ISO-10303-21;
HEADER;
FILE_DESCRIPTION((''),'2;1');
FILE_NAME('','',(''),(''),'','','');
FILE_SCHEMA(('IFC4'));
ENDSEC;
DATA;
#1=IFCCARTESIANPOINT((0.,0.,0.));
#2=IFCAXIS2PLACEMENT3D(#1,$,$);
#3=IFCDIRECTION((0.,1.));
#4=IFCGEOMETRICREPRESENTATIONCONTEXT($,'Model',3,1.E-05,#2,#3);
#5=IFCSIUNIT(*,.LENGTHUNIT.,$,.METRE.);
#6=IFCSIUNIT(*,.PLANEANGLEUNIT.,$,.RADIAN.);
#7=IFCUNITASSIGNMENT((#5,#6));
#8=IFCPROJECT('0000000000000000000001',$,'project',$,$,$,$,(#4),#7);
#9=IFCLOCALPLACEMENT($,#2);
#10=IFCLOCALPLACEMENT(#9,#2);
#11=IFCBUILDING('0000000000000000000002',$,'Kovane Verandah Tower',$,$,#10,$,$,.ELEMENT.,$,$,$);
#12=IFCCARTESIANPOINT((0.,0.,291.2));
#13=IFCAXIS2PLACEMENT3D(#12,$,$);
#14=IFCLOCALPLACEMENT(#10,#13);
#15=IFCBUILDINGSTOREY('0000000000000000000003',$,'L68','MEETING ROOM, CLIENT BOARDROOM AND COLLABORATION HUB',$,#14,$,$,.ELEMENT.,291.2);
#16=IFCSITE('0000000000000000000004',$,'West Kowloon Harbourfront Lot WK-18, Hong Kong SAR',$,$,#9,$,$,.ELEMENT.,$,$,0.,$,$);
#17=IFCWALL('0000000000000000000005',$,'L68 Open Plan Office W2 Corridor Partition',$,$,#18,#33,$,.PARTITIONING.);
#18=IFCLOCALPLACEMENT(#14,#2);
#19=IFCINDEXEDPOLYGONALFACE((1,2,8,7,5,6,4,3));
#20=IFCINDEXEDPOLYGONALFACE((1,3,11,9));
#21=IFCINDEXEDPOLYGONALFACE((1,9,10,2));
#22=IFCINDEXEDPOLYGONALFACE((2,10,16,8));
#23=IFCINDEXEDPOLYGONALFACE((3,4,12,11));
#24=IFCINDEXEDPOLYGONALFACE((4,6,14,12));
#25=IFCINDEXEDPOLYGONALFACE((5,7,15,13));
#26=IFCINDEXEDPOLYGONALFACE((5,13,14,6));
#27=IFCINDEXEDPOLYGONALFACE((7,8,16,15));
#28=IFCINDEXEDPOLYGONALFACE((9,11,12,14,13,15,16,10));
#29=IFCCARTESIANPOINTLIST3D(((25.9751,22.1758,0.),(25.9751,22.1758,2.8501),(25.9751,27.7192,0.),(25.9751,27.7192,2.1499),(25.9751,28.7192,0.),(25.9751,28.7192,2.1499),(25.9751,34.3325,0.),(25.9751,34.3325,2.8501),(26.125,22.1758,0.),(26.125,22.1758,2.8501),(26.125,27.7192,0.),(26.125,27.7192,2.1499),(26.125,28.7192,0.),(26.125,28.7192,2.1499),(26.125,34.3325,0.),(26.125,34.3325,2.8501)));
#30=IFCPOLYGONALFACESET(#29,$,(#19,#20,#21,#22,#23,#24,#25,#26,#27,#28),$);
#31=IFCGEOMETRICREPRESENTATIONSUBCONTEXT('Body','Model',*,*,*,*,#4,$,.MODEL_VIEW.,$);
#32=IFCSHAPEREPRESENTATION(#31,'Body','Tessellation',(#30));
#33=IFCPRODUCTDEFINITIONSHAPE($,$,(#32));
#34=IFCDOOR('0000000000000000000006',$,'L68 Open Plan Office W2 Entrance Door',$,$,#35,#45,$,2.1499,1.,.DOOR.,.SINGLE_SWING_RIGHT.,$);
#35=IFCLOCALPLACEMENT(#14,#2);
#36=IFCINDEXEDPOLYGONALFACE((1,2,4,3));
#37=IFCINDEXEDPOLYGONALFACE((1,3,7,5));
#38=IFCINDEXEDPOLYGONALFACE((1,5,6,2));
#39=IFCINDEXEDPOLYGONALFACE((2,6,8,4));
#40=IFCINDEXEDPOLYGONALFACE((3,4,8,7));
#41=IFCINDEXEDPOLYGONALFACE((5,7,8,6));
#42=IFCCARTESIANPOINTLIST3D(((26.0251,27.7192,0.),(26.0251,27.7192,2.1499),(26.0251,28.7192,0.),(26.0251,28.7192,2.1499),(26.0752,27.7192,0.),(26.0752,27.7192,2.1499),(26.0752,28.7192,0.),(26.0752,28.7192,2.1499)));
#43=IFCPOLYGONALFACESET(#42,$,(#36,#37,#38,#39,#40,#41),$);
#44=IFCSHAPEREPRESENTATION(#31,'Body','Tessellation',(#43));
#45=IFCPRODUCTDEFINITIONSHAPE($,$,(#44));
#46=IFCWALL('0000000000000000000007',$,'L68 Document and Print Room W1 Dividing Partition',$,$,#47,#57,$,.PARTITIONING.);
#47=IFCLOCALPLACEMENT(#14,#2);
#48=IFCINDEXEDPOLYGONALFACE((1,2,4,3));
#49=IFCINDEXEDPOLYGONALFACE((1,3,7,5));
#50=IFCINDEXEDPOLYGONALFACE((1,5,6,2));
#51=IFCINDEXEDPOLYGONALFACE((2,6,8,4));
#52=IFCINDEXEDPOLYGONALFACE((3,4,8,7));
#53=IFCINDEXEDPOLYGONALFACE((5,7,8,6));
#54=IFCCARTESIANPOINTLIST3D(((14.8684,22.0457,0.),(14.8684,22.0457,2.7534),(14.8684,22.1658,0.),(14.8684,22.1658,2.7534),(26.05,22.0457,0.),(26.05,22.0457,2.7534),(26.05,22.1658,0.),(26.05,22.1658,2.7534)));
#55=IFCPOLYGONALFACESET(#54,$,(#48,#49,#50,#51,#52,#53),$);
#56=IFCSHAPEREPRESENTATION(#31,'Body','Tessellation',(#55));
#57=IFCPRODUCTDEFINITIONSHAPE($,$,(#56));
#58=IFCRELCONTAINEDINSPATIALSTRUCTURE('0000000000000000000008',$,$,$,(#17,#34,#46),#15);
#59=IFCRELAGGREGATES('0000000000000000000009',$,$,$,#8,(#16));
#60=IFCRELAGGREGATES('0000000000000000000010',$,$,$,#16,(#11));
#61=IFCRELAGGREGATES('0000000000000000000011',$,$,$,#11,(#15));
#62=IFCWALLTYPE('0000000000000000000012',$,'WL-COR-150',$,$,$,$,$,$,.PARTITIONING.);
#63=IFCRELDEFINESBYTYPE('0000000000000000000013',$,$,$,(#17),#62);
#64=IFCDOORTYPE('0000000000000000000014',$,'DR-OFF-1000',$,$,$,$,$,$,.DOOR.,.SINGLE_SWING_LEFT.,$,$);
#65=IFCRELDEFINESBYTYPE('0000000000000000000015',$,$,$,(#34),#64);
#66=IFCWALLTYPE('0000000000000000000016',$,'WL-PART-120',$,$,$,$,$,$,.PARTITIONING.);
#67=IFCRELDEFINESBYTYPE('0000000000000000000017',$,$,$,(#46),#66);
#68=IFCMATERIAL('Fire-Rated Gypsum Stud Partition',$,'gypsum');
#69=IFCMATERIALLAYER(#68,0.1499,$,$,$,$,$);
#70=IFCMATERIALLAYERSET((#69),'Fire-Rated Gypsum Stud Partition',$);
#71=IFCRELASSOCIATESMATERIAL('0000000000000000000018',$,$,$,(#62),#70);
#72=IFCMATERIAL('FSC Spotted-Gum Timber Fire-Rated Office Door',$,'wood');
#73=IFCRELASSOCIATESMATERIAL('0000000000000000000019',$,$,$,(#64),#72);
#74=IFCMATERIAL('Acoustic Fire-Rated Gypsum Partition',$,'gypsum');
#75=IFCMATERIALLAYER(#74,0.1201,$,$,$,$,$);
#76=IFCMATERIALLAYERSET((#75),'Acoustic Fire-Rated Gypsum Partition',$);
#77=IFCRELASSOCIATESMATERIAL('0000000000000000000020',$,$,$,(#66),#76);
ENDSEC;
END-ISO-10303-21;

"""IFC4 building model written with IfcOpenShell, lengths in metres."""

from ifc_helpers import new_model, si_unit, direction, frame, frame_2d, origin, place, context, subcontext, project, spatial, rectangle, extrude, material, layer, layer_set, type_object, element, fill, save


model = new_model("IFC4")

# Units and contexts
model_context = context("Model", 3, precision=1e-05, world=origin(), true_north=direction((0.0, 1.0)))
body_context = subcontext(model_context, "Body", "Model", "MODEL_VIEW")
ifc_project = project(units=[si_unit("LENGTHUNIT", "METRE"), si_unit("PLANEANGLEUNIT", "RADIAN")], contexts=[model_context])

# Site, building, storey
site_placement = place(None, origin())
site = spatial("IfcSite", under=ifc_project, at=site_placement, Name="West Kowloon Harbourfront Lot WK-18, Hong Kong SAR", CompositionType="ELEMENT", RefElevation=0.0)
building_placement = place(site_placement, origin())
building = spatial("IfcBuilding", under=site, at=building_placement, Name="Kovane Verandah Tower", CompositionType="ELEMENT")
storey_placement = place(building_placement, frame((0.0, 0.0, 291.2)))
storey = spatial("IfcBuildingStorey", under=building, at=storey_placement, Name="L68", Description="MEETING ROOM, CLIENT BOARDROOM AND COLLABORATION HUB", CompositionType="ELEMENT", Elevation=291.2)

# Wall, opening, door
ifc_material_1 = material(Name="Fire-Rated Gypsum Stud Partition", Category="gypsum")
ifc_layer_1 = layer(ifc_material_1, 0.1499)
ifc_layer_set_1 = layer_set([ifc_layer_1], Name="Fire-Rated Gypsum Stud Partition")
wall_type_1 = type_object("IfcWallType", Name="WL-COR-150", PredefinedType="PARTITIONING", material=ifc_layer_set_1)
wall_1_placement = place(storey_placement, frame((26.05, 22.1758, 0.0), z_axis=(0.0, 0.0, 1.0), x_axis=(0.0, 1.0, 0.0)))
wall_1 = element("IfcWall", 1, at=wall_1_placement, inside=storey, type_object=wall_type_1, Name="L68 Open Plan Office W2 Corridor Partition", PredefinedType="PARTITIONING", context=body_context, shape_type="SweptSolid", body=[
    extrude(rectangle(XDim=12.1567, YDim=0.1499, at=frame_2d((6.0784, 0.0))), origin(), (0.0, 0.0, 1.0), 2.8501),
])
opening_placement = place(wall_1_placement, frame((5.5435, 0.0, 0.0)))
opening = element("IfcOpeningElement", 2, at=opening_placement, cuts=wall_1, PredefinedType="OPENING", context=body_context, shape_type="SweptSolid", body=[
    extrude(rectangle(XDim=1.0, YDim=2.1499, at=frame_2d((0.5, 1.075))), frame((0.0, 0.075, 0.0), z_axis=(0.0, -1.0, 0.0), x_axis=(1.0, 0.0, 0.0)), (0.0, 0.0, 1.0), 0.1499),
])
ifc_material_2 = material(Name="FSC Spotted-Gum Timber Fire-Rated Office Door", Category="wood")
door_type = type_object("IfcDoorType", Name="DR-OFF-1000", OperationType="SINGLE_SWING_LEFT", PredefinedType="DOOR", material=ifc_material_2)
door_placement = place(opening_placement, origin())
door = element("IfcDoor", 3, at=door_placement, inside=storey, type_object=door_type, Name="L68 Open Plan Office W2 Entrance Door", OperationType="SINGLE_SWING_RIGHT", OverallHeight=2.1499, OverallWidth=1.0, PredefinedType="DOOR", context=body_context, shape_type="SweptSolid", body=[
    extrude(rectangle(XDim=1.0, YDim=2.1499, at=frame_2d((0.5, 1.075))), frame((0.0, 0.0249, 0.0), z_axis=(0.0, -1.0, 0.0), x_axis=(1.0, 0.0, 0.0)), (0.0, 0.0, 1.0), 0.05),
])
fill(opening, door)

# Wall
ifc_material_3 = material(Name="Acoustic Fire-Rated Gypsum Partition", Category="gypsum")
ifc_layer_2 = layer(ifc_material_3, 0.1201)
ifc_layer_set_2 = layer_set([ifc_layer_2], Name="Acoustic Fire-Rated Gypsum Partition")
wall_type_2 = type_object("IfcWallType", Name="WL-PART-120", PredefinedType="PARTITIONING", material=ifc_layer_set_2)
wall_2_placement = place(storey_placement, frame((14.8684, 22.1057, 0.0), z_axis=(0.0, 0.0, 1.0), x_axis=(1.0, 0.0, 0.0)))
element("IfcWall", 4, at=wall_2_placement, inside=storey, type_object=wall_type_2, Name="L68 Document and Print Room W1 Dividing Partition", PredefinedType="PARTITIONING", context=body_context, shape_type="SweptSolid", body=[
    extrude(rectangle(XDim=11.1816, YDim=0.1201, at=frame_2d((5.5908, 0.0))), origin(), (0.0, 0.0, 1.0), 2.7534),
])

save(model, "model.ifc")
